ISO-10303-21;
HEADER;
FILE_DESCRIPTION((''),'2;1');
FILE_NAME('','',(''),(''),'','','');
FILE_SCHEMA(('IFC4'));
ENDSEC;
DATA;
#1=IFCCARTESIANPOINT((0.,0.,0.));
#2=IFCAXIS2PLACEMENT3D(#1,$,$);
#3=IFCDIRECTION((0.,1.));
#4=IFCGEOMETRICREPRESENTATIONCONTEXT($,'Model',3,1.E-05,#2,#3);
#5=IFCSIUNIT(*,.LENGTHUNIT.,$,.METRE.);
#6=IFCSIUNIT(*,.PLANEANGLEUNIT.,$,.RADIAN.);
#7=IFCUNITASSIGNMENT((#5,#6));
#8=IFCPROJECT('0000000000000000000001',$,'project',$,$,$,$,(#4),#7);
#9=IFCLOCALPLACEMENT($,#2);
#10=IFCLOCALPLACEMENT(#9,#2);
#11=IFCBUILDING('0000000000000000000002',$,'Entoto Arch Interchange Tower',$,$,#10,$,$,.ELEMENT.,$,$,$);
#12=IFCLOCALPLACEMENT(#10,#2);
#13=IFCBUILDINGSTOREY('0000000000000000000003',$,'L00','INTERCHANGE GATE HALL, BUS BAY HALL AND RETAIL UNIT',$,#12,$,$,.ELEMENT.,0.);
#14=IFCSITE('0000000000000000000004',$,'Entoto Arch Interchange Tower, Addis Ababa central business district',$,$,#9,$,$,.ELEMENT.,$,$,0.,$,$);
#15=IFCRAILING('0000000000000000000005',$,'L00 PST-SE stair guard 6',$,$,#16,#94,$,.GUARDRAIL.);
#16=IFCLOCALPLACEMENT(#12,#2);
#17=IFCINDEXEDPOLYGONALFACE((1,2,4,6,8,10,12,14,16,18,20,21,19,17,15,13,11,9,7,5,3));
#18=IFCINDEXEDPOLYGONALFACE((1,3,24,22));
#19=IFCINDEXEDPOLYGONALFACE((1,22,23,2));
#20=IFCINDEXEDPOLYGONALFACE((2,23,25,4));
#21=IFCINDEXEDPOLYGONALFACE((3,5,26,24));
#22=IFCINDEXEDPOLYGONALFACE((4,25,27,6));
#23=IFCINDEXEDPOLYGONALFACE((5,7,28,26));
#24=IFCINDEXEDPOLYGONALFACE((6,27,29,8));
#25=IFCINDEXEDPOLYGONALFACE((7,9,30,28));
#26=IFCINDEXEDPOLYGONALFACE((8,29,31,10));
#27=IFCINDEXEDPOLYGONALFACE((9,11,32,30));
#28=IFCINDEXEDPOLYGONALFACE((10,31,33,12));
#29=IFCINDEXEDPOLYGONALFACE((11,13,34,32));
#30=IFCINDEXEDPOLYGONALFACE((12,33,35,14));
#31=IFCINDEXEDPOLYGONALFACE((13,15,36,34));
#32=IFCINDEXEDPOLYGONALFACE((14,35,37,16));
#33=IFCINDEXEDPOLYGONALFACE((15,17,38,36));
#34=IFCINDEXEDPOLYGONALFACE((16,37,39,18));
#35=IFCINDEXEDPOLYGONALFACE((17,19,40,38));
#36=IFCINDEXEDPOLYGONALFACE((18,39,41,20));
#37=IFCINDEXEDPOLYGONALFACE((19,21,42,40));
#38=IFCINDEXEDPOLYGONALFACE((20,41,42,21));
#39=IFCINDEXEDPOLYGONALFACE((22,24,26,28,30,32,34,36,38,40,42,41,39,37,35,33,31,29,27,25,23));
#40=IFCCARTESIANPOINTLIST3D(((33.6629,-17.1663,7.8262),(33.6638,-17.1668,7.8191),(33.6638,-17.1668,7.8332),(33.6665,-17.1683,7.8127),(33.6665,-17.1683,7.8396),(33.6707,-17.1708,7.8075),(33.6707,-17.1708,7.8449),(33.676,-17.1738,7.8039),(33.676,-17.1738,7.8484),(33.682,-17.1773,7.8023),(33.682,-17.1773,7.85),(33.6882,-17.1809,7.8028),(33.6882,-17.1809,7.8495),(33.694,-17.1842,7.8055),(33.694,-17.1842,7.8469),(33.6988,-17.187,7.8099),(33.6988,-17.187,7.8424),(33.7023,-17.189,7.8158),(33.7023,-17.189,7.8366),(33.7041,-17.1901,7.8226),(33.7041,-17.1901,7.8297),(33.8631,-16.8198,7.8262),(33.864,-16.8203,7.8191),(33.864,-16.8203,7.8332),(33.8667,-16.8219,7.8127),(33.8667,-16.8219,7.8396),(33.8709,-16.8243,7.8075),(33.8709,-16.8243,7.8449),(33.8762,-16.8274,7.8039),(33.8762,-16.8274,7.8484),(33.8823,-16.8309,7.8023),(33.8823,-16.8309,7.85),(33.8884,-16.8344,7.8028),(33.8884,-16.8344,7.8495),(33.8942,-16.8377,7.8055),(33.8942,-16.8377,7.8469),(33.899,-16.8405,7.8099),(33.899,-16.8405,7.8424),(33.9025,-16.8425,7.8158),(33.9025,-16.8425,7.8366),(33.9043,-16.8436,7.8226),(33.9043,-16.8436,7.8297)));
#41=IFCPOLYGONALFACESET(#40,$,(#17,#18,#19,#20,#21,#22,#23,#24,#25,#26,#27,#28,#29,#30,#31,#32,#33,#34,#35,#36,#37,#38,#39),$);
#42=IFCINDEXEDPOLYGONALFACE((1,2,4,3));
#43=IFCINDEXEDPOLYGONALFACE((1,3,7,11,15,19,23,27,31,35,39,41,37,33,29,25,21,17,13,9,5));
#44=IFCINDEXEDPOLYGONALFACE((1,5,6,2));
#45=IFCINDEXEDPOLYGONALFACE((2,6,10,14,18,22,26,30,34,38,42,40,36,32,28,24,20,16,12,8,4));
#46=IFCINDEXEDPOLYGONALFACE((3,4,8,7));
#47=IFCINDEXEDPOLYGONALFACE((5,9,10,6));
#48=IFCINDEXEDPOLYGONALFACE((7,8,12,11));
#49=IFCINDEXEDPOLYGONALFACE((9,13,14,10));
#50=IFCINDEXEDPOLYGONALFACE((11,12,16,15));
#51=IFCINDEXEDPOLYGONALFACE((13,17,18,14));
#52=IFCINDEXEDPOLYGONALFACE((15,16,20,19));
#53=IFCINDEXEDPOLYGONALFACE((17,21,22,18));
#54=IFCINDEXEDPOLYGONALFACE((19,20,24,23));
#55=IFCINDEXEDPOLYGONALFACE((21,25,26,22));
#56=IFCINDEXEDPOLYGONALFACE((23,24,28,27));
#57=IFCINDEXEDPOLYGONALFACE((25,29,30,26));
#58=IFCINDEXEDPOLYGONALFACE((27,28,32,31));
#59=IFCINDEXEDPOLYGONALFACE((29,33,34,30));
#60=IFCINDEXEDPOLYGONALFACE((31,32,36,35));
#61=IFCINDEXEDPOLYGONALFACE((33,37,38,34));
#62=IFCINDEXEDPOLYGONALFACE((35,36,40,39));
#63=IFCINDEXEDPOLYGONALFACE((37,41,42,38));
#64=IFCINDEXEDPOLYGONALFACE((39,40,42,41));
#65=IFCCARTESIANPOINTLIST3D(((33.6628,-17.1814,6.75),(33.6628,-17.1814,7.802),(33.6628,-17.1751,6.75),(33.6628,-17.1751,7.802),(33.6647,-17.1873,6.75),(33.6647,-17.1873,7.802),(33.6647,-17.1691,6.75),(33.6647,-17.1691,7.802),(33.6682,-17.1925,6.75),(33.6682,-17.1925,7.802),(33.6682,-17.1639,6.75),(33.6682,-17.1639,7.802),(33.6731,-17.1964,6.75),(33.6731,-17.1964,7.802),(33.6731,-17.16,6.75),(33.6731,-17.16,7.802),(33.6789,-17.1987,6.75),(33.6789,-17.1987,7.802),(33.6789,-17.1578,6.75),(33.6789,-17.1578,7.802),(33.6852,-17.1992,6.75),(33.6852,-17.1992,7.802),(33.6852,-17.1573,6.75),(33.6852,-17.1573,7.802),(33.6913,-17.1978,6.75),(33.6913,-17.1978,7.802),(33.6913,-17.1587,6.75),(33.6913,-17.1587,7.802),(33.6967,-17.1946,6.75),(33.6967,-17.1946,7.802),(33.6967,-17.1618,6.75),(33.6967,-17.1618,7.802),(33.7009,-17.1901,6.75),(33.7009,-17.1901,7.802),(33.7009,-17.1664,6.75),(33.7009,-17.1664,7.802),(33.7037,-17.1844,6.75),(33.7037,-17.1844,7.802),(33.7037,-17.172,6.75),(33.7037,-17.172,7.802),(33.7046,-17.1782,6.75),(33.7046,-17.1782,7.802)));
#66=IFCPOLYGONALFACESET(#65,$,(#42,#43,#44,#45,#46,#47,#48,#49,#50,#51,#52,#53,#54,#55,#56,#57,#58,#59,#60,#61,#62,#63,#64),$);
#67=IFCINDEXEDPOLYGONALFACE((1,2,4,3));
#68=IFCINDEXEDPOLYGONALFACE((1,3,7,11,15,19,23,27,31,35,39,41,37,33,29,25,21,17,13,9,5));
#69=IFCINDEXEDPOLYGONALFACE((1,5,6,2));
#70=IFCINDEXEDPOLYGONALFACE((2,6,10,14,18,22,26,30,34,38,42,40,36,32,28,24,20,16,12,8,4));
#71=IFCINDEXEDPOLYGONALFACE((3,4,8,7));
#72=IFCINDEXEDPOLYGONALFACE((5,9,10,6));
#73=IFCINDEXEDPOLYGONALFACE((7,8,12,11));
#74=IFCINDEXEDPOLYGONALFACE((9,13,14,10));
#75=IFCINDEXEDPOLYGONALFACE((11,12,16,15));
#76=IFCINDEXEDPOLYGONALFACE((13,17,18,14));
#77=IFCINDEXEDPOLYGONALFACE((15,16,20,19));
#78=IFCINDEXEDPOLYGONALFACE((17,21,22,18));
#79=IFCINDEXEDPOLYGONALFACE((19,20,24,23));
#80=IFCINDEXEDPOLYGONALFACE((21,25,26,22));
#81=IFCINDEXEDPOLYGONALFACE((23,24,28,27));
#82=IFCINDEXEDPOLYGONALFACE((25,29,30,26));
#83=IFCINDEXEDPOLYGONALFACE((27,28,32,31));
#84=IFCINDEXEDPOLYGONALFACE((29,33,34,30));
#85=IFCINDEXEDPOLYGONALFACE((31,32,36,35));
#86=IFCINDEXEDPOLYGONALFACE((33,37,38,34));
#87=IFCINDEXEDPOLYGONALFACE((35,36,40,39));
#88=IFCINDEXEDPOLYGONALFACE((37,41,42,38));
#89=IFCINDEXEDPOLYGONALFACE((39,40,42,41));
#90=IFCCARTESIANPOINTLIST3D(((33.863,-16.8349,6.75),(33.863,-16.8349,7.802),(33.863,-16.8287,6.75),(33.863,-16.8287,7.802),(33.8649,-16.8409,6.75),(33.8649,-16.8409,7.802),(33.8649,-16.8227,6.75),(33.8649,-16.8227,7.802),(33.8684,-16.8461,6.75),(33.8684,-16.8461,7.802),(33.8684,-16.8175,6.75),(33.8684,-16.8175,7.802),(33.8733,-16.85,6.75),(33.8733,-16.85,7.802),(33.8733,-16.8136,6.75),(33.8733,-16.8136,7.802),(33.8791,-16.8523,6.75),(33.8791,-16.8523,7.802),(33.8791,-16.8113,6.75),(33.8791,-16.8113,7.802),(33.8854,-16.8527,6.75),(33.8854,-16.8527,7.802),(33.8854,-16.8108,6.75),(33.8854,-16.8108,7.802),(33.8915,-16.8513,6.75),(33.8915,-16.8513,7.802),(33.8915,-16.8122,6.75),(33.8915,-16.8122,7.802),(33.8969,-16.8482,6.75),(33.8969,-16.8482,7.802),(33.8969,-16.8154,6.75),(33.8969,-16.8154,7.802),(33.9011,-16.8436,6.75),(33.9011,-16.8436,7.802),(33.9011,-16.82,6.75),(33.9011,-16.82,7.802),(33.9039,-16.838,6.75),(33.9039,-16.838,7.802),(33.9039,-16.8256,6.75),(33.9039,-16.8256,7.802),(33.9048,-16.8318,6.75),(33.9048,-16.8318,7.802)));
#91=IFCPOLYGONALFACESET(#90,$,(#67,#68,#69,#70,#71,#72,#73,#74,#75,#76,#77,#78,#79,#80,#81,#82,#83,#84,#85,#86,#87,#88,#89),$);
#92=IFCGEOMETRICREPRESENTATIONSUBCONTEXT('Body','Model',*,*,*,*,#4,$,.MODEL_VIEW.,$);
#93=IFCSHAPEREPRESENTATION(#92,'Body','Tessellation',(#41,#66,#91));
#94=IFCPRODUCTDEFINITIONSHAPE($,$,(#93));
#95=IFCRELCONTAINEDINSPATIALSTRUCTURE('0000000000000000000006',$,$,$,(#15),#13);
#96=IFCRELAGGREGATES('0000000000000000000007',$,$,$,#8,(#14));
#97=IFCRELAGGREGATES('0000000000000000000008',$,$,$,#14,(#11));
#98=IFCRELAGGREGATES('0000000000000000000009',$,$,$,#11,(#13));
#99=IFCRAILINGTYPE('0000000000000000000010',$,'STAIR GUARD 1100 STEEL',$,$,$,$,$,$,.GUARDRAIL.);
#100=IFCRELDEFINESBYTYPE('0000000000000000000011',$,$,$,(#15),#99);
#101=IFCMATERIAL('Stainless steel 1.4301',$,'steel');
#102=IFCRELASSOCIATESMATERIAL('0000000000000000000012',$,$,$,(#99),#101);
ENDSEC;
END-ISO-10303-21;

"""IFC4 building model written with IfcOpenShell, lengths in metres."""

from ifc_helpers import new_model, si_unit, direction, frame, origin, origin_2d, place, context, subcontext, project, spatial, circle, extrude, material, type_object, element, save


model = new_model("IFC4")

# Units and contexts
model_context = context("Model", 3, precision=1e-05, world=origin(), true_north=direction((0.0, 1.0)))
body_context = subcontext(model_context, "Body", "Model", "MODEL_VIEW")
ifc_project = project(units=[si_unit("LENGTHUNIT", "METRE"), si_unit("PLANEANGLEUNIT", "RADIAN")], contexts=[model_context])

# Site, building, storey
site_placement = place(None, origin())
site = spatial("IfcSite", under=ifc_project, at=site_placement, Name="Entoto Arch Interchange Tower, Addis Ababa central business district", CompositionType="ELEMENT", RefElevation=0.0)
building_placement = place(site_placement, origin())
building = spatial("IfcBuilding", under=site, at=building_placement, Name="Entoto Arch Interchange Tower", CompositionType="ELEMENT")
storey_placement = place(building_placement, origin())
storey = spatial("IfcBuildingStorey", under=building, at=storey_placement, Name="L00", Description="INTERCHANGE GATE HALL, BUS BAY HALL AND RETAIL UNIT", CompositionType="ELEMENT", Elevation=0.0)

# Railing
ifc_material_1 = material(Name="Stainless steel 1.4301", Category="steel")
railing_type_1 = type_object("IfcRailingType", Name="STAIR GUARD 1100 STEEL", PredefinedType="GUARDRAIL", material=ifc_material_1)
railing_1_placement = place(storey_placement, frame((33.6836, -17.1782, 6.75)))
element("IfcRailing", 1, at=railing_1_placement, inside=storey, type_object=railing_type_1, Name="L00 PST-SE stair guard 6", PredefinedType="GUARDRAIL", context=body_context, shape_type="SweptSolid", body=[
    extrude(circle(Radius=0.0239, at=origin_2d()), frame((0.0, 0.0, 1.0762), z_axis=(0.500339, 0.86583, 0.0), x_axis=(-0.86583, 0.500339, 0.0)), (0.0, 0.0, 1.0), 0.4001),
    extrude(circle(Radius=0.021, at=origin_2d()), origin(), (0.0, 0.0, 1.0), 1.052),
    extrude(circle(Radius=0.021, at=origin_2d()), frame((0.2002, 0.3464, 0.0)), (0.0, 0.0, 1.0), 1.052),
])

save(model, "model.ifc")
